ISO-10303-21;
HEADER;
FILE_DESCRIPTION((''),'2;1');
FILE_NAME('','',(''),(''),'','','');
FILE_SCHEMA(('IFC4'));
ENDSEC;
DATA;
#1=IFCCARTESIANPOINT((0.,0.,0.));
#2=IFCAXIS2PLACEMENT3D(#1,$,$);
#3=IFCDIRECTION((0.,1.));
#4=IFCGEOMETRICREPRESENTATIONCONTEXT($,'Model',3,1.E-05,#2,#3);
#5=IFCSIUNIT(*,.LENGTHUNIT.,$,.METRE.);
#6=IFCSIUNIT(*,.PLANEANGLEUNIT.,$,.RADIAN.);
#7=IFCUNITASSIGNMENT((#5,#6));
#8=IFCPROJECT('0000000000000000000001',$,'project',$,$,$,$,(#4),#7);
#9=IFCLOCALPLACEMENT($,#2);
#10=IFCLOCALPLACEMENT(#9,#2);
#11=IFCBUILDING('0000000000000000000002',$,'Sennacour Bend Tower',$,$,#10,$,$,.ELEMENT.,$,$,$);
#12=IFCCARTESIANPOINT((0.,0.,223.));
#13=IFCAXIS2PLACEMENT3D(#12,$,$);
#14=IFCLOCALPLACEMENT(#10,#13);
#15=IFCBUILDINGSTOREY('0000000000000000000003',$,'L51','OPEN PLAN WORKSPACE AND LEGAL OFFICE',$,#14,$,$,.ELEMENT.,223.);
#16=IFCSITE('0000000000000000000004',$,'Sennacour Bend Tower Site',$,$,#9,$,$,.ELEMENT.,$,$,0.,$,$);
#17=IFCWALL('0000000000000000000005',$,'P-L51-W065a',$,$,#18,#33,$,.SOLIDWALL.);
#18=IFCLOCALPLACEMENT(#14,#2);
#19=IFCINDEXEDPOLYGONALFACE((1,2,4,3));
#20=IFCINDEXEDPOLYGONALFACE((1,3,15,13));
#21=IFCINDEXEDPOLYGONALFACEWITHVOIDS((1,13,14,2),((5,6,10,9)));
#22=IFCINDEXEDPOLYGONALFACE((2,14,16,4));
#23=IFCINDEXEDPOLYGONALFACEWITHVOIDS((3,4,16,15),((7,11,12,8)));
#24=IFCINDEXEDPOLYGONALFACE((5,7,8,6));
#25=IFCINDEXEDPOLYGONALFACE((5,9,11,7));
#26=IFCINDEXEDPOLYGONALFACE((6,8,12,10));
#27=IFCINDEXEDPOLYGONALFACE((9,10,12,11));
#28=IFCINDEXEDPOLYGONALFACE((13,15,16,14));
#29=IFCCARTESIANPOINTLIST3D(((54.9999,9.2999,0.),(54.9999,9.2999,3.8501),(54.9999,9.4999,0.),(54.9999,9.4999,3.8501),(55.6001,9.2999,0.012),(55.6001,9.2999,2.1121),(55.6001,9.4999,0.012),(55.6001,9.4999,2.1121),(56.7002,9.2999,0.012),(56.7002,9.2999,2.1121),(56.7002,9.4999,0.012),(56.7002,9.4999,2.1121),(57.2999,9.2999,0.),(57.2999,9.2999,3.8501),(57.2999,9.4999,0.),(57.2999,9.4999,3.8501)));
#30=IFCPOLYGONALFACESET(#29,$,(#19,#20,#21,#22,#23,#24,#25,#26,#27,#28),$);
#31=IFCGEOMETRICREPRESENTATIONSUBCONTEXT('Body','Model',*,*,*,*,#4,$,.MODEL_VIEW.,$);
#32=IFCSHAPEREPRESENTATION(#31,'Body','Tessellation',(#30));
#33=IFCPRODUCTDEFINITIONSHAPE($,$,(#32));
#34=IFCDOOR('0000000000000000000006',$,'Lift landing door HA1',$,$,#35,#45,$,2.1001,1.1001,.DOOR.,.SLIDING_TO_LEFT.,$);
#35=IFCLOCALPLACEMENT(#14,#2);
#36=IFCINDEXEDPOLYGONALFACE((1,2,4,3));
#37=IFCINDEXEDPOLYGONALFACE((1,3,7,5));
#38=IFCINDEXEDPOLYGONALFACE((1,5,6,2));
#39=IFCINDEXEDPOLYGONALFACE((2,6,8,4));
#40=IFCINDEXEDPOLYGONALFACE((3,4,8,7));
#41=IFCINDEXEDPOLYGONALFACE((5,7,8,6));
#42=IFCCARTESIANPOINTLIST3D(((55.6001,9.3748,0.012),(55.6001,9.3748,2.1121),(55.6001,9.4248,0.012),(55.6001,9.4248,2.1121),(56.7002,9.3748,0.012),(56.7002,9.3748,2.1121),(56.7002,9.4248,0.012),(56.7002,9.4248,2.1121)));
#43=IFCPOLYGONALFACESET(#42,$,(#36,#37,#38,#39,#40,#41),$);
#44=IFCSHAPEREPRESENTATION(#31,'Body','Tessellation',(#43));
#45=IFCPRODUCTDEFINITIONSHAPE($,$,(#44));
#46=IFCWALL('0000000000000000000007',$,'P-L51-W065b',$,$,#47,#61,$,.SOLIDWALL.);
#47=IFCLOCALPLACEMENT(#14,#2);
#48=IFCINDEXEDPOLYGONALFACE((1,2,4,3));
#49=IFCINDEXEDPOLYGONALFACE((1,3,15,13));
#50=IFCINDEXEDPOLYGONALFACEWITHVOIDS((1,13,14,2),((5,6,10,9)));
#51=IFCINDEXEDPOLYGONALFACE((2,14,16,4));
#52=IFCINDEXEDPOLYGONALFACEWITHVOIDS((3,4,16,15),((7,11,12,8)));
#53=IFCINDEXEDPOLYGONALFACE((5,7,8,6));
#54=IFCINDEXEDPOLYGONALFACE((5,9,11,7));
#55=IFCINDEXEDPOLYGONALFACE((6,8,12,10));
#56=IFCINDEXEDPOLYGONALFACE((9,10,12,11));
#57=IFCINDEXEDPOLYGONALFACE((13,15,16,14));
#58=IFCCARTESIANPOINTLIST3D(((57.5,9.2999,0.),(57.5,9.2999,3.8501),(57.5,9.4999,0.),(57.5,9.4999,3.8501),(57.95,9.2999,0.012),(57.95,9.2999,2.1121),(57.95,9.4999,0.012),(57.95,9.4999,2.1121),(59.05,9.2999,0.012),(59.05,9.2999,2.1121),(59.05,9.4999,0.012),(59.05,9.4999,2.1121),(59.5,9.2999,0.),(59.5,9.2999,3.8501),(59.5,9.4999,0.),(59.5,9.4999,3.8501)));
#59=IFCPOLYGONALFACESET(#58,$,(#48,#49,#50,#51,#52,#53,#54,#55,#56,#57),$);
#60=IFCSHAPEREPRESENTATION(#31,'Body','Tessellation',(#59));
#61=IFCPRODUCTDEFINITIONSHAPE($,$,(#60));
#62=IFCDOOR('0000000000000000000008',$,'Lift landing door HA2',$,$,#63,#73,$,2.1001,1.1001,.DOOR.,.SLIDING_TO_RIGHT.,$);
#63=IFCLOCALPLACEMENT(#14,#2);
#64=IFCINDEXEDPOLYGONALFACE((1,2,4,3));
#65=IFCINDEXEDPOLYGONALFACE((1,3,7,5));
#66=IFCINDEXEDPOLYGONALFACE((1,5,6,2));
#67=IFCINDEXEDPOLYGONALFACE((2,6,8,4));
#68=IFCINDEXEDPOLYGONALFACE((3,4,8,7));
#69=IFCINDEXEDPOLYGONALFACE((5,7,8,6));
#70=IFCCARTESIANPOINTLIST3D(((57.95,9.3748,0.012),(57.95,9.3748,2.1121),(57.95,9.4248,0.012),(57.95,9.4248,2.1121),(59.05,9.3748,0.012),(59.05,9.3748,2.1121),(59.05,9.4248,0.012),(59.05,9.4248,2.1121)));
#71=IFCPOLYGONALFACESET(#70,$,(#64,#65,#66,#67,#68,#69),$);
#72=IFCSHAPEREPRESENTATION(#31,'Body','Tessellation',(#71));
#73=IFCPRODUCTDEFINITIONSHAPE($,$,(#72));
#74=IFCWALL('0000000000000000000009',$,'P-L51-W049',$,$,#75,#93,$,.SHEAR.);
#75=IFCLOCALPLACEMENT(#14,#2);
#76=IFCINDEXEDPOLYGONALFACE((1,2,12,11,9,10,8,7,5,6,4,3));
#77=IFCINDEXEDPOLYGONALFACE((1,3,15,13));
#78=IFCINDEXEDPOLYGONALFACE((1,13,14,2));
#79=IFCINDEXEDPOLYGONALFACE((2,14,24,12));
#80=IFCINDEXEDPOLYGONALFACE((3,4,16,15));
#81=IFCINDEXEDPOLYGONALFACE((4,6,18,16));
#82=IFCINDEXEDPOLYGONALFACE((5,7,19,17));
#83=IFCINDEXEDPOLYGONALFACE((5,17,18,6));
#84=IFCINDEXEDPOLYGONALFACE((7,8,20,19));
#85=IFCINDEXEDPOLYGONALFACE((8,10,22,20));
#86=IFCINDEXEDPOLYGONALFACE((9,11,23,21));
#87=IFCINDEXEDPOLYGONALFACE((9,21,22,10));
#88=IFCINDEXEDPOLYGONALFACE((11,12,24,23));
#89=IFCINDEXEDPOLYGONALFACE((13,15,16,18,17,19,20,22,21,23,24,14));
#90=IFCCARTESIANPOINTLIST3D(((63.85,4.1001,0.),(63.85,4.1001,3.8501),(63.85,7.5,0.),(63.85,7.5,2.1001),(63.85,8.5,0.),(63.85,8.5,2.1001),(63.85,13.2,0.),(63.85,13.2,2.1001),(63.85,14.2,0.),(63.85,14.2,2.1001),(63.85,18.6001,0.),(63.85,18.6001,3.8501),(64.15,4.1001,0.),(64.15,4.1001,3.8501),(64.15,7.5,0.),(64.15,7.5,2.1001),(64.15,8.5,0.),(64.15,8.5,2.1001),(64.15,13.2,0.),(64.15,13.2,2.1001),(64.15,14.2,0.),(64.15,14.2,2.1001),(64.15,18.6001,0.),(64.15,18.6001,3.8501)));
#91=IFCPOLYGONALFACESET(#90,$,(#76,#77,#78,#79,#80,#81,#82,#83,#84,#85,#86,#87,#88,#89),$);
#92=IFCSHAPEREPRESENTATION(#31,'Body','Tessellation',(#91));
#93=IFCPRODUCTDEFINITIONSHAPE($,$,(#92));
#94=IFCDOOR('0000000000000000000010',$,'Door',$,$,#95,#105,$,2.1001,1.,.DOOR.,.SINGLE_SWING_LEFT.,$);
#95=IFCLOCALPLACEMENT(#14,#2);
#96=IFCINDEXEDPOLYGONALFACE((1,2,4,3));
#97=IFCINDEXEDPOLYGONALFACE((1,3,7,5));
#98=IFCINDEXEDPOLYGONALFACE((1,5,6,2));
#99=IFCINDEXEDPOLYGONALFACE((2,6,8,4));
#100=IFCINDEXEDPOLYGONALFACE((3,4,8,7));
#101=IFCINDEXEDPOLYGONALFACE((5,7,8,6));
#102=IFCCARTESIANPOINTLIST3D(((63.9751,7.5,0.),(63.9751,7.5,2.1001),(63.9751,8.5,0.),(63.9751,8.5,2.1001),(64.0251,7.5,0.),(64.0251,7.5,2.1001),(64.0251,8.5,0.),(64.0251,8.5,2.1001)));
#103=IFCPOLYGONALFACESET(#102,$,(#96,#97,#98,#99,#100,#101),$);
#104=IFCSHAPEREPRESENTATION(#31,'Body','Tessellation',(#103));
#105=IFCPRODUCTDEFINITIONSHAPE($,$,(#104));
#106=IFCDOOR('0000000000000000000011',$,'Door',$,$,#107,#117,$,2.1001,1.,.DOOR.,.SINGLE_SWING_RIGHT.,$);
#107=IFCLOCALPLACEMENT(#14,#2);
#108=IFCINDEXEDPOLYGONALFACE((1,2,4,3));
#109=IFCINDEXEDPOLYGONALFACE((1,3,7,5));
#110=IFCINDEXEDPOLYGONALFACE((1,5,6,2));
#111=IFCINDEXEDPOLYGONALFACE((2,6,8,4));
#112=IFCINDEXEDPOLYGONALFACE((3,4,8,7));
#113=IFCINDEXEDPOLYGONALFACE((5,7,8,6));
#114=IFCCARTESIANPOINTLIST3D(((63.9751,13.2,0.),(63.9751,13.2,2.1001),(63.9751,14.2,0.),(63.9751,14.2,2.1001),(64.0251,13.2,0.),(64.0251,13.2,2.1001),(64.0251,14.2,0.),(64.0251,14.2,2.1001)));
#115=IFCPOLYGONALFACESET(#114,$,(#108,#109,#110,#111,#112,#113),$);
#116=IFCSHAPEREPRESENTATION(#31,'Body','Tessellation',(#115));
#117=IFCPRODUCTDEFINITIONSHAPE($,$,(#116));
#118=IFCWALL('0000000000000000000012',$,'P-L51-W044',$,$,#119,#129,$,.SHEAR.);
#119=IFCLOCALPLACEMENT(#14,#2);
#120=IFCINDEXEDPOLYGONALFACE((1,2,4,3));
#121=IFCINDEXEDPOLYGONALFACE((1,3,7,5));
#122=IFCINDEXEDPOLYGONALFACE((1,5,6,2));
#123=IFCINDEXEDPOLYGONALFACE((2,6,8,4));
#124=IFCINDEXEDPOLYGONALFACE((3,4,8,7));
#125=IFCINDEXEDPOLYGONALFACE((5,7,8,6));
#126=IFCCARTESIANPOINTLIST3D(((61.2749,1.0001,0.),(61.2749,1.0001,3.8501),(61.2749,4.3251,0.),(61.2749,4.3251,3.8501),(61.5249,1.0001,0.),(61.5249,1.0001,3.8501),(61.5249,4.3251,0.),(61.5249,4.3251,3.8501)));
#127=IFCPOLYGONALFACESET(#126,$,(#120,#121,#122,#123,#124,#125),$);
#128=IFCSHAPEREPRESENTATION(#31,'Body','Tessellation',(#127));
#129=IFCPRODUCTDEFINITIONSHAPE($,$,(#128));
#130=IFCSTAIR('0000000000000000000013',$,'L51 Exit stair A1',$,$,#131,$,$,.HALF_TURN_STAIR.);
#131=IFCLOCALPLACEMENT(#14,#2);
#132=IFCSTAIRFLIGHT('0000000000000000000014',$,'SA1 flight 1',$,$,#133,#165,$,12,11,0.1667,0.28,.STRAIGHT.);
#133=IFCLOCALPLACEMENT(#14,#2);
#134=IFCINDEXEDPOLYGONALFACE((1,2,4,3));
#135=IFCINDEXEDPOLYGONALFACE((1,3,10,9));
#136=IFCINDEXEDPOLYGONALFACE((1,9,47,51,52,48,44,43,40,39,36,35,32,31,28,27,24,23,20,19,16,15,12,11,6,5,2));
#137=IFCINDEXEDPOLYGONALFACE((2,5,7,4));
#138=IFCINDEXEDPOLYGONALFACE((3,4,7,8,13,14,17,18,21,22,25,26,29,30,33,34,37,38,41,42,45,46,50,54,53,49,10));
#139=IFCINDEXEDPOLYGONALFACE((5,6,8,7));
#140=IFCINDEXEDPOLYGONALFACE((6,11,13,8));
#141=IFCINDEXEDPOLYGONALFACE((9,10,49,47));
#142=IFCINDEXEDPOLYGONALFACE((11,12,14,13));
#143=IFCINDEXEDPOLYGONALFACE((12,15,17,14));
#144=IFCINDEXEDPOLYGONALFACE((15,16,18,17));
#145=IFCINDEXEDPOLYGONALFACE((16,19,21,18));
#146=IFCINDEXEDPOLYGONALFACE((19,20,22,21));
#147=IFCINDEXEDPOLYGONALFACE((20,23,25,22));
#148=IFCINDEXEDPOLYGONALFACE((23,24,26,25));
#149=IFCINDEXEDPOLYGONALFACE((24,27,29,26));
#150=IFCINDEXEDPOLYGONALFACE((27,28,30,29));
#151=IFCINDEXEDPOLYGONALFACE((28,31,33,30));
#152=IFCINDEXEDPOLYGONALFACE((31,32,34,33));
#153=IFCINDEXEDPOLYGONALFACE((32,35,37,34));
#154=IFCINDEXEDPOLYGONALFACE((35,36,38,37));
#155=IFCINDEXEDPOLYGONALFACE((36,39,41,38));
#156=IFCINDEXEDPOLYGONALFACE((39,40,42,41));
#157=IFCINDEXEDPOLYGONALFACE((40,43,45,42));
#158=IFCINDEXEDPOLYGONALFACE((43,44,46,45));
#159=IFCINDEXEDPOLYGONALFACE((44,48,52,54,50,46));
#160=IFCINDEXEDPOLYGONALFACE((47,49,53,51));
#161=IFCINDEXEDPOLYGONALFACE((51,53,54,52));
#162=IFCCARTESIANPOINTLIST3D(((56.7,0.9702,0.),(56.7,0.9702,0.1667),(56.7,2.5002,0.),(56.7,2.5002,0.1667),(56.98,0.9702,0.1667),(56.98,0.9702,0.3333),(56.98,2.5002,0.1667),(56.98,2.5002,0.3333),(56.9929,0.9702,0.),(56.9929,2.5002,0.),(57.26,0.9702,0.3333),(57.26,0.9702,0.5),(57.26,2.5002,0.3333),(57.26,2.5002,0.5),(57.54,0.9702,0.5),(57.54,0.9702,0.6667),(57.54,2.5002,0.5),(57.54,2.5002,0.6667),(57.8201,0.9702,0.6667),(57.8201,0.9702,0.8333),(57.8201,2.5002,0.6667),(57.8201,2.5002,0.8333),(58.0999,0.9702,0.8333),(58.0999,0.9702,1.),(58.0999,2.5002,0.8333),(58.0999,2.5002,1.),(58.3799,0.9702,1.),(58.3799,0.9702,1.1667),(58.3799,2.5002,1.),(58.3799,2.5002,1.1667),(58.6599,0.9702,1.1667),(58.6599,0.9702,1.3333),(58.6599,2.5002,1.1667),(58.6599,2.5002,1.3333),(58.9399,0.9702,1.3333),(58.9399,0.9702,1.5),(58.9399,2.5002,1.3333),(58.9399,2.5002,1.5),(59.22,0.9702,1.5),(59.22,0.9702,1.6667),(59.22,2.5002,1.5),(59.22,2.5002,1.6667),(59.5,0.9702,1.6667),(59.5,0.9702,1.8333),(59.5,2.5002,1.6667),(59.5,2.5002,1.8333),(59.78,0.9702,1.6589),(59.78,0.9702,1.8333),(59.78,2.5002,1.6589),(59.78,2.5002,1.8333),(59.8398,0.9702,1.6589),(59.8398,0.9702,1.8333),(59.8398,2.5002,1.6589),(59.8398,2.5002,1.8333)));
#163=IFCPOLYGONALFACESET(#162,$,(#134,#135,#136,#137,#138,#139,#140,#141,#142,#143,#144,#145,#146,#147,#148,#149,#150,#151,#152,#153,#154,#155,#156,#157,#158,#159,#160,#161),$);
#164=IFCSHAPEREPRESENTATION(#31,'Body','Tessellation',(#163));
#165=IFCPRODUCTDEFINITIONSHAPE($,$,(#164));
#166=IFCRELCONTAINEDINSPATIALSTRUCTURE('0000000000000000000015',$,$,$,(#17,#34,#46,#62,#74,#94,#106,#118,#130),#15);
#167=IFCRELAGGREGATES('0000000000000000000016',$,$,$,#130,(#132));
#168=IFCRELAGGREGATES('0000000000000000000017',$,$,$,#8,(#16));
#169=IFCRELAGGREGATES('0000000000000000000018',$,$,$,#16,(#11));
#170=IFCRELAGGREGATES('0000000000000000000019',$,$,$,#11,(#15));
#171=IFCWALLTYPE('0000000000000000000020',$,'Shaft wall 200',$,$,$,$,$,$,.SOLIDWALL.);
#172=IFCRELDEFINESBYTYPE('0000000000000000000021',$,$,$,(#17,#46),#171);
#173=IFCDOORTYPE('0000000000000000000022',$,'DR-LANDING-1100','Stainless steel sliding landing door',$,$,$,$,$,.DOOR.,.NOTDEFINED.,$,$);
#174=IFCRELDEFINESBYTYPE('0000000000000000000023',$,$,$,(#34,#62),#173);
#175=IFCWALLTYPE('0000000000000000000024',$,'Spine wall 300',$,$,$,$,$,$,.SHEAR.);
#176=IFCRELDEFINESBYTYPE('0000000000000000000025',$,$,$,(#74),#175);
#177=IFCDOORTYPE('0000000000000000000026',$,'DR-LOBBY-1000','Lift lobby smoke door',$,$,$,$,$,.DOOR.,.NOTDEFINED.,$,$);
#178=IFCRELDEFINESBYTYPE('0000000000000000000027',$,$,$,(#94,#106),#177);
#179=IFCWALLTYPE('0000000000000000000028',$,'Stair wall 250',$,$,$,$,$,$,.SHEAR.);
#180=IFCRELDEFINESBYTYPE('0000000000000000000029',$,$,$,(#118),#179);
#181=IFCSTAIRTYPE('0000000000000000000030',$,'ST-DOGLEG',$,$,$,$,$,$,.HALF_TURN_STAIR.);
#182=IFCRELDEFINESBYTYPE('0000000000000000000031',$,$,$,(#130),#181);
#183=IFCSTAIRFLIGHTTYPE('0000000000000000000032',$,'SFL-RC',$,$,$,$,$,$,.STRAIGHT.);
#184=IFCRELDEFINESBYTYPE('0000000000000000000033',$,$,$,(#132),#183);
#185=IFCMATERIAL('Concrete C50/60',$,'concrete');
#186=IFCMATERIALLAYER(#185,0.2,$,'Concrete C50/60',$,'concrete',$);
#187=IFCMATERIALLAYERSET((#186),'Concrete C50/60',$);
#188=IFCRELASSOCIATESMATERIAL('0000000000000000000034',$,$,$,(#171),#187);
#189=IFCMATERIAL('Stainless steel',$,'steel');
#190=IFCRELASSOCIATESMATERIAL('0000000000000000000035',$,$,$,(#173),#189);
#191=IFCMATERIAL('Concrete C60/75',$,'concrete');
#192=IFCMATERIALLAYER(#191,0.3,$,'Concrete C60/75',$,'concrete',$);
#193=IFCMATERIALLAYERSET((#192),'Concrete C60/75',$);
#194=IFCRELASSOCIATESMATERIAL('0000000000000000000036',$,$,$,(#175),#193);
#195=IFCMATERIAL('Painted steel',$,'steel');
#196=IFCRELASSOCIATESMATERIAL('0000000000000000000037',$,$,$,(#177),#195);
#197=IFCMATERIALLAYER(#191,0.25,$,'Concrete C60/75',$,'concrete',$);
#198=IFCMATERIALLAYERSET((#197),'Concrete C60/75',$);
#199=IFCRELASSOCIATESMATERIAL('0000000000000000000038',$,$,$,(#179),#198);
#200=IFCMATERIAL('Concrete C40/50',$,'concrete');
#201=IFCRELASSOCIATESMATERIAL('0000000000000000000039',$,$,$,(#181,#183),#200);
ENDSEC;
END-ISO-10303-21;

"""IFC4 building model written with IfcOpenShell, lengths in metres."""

from ifc_helpers import new_model, si_unit, direction, frame, frame_2d, origin, place, context, subcontext, project, spatial, polyline, rectangle, outline, extrude, material, layer, layer_set, type_object, element, fill, aggregate, save


model = new_model("IFC4")

# Units and contexts
model_context = context("Model", 3, precision=1e-05, world=origin(), true_north=direction((0.0, 1.0)))
body_context = subcontext(model_context, "Body", "Model", "MODEL_VIEW")
ifc_project = project(units=[si_unit("LENGTHUNIT", "METRE"), si_unit("PLANEANGLEUNIT", "RADIAN")], contexts=[model_context])

# Site, building, storey
site_placement = place(None, origin())
site = spatial("IfcSite", under=ifc_project, at=site_placement, Name="Sennacour Bend Tower Site", CompositionType="ELEMENT", RefElevation=0.0)
building_placement = place(site_placement, origin())
building = spatial("IfcBuilding", under=site, at=building_placement, Name="Sennacour Bend Tower", CompositionType="ELEMENT")
storey_placement = place(building_placement, frame((0.0, 0.0, 223.0)))
storey = spatial("IfcBuildingStorey", under=building, at=storey_placement, Name="L51", Description="OPEN PLAN WORKSPACE AND LEGAL OFFICE", CompositionType="ELEMENT", Elevation=223.0)

# Shared definitions
ifc_material_1 = material(Name="Concrete C60/75", Category="concrete")

# Shared definitions
ifc_material_2 = material(Name="Painted steel", Category="steel")

# Shared definitions
ifc_material_3 = material(Name="Concrete C50/60", Category="concrete")
ifc_layer_1 = layer(ifc_material_3, 0.2, Name="Concrete C50/60", Category="concrete")
ifc_layer_set_1 = layer_set([ifc_layer_1], Name="Concrete C50/60")
wall_type_1 = type_object("IfcWallType", Name="Shaft wall 200", PredefinedType="SOLIDWALL", material=ifc_layer_set_1)

# Walls, openings, doors
wall_1_placement = place(storey_placement, frame((55.0, 9.3999, 0.0), z_axis=(0.0, 0.0, 1.0), x_axis=(1.0, 0.0, 0.0)))
wall_1 = element("IfcWall", 1, at=wall_1_placement, inside=storey, type_object=wall_type_1, Name="P-L51-W065a", PredefinedType="SOLIDWALL", context=body_context, shape_type="SweptSolid", body=[
    extrude(rectangle(XDim=2.3, YDim=0.2, at=frame_2d((1.1499, 0.0))), origin(), (0.0, 0.0, 1.0), 3.8501),
])
opening_1_placement = place(wall_1_placement, frame((0.6001, 0.0, 0.012)))
opening_1 = element("IfcOpeningElement", 2, at=opening_1_placement, cuts=wall_1, PredefinedType="OPENING", context=body_context, shape_type="SweptSolid", body=[
    extrude(rectangle(XDim=1.1001, YDim=2.1001, at=frame_2d((0.55, 1.05))), frame((0.0, 0.1099, 0.0), z_axis=(0.0, -1.0, 0.0), x_axis=(1.0, 0.0, 0.0)), (0.0, 0.0, 1.0), 0.22),
])
ifc_material_4 = material(Name="Stainless steel", Category="steel")
door_type_1 = type_object("IfcDoorType", Name="DR-LANDING-1100", Description="Stainless steel sliding landing door", OperationType="NOTDEFINED", PredefinedType="DOOR", material=ifc_material_4)
door_1_placement = place(opening_1_placement, origin())
door_1 = element("IfcDoor", 3, at=door_1_placement, inside=storey, type_object=door_type_1, Name="Lift landing door HA1", OperationType="SLIDING_TO_LEFT", OverallHeight=2.1001, OverallWidth=1.1001, PredefinedType="DOOR", context=body_context, shape_type="SweptSolid", body=[
    extrude(rectangle(XDim=1.1001, YDim=2.1001, at=frame_2d((0.55, 1.05))), frame((0.0, 0.0249, 0.0), z_axis=(0.0, -1.0, 0.0), x_axis=(1.0, 0.0, 0.0)), (0.0, 0.0, 1.0), 0.05),
])
fill(opening_1, door_1)
wall_2_placement = place(storey_placement, frame((57.5, 9.3999, 0.0), z_axis=(0.0, 0.0, 1.0), x_axis=(1.0, 0.0, 0.0)))
wall_2 = element("IfcWall", 4, at=wall_2_placement, inside=storey, type_object=wall_type_1, Name="P-L51-W065b", PredefinedType="SOLIDWALL", context=body_context, shape_type="SweptSolid", body=[
    extrude(rectangle(XDim=2.0, YDim=0.2, at=frame_2d((1.0, 0.0))), origin(), (0.0, 0.0, 1.0), 3.8501),
])
opening_2_placement = place(wall_2_placement, frame((0.45, 0.0, 0.012)))
opening_2 = element("IfcOpeningElement", 5, at=opening_2_placement, cuts=wall_2, PredefinedType="OPENING", context=body_context, shape_type="SweptSolid", body=[
    extrude(rectangle(XDim=1.1001, YDim=2.1001, at=frame_2d((0.55, 1.05))), frame((0.0, 0.1099, 0.0), z_axis=(0.0, -1.0, 0.0), x_axis=(1.0, 0.0, 0.0)), (0.0, 0.0, 1.0), 0.22),
])
door_2_placement = place(opening_2_placement, origin())
door_2 = element("IfcDoor", 6, at=door_2_placement, inside=storey, type_object=door_type_1, Name="Lift landing door HA2", OperationType="SLIDING_TO_RIGHT", OverallHeight=2.1001, OverallWidth=1.1001, PredefinedType="DOOR", context=body_context, shape_type="SweptSolid", body=[
    extrude(rectangle(XDim=1.1001, YDim=2.1001, at=frame_2d((0.55, 1.05))), frame((0.0, 0.0249, 0.0), z_axis=(0.0, -1.0, 0.0), x_axis=(1.0, 0.0, 0.0)), (0.0, 0.0, 1.0), 0.05),
])
fill(opening_2, door_2)

# Wall, openings, doors
ifc_layer_2 = layer(ifc_material_1, 0.3, Name="Concrete C60/75", Category="concrete")
ifc_layer_set_2 = layer_set([ifc_layer_2], Name="Concrete C60/75")
wall_type_2 = type_object("IfcWallType", Name="Spine wall 300", PredefinedType="SHEAR", material=ifc_layer_set_2)
wall_3_placement = place(storey_placement, frame((64.0, 4.1001, 0.0), z_axis=(0.0, 0.0, 1.0), x_axis=(0.0, 1.0, 0.0)))
wall_3 = element("IfcWall", 7, at=wall_3_placement, inside=storey, type_object=wall_type_2, Name="P-L51-W049", PredefinedType="SHEAR", context=body_context, shape_type="SweptSolid", body=[
    extrude(rectangle(XDim=14.5, YDim=0.3, at=frame_2d((7.25, 0.0))), origin(), (0.0, 0.0, 1.0), 3.8501),
])
opening_3_placement = place(wall_3_placement, frame((3.3999, 0.0, 0.0)))
opening_3 = element("IfcOpeningElement", 8, at=opening_3_placement, cuts=wall_3, PredefinedType="OPENING", context=body_context, shape_type="SweptSolid", body=[
    extrude(rectangle(XDim=1.0, YDim=2.1001, at=frame_2d((0.5, 1.05))), frame((0.0, 0.1602, 0.0), z_axis=(0.0, -1.0, 0.0), x_axis=(1.0, 0.0, 0.0)), (0.0, 0.0, 1.0), 0.3201),
])
opening_4_placement = place(wall_3_placement, frame((9.0999, 0.0, 0.0)))
opening_4 = element("IfcOpeningElement", 9, at=opening_4_placement, cuts=wall_3, PredefinedType="OPENING", context=body_context, shape_type="SweptSolid", body=[
    extrude(rectangle(XDim=1.0, YDim=2.1001, at=frame_2d((0.5, 1.05))), frame((0.0, 0.1602, 0.0), z_axis=(0.0, -1.0, 0.0), x_axis=(1.0, 0.0, 0.0)), (0.0, 0.0, 1.0), 0.3201),
])
door_type_2 = type_object("IfcDoorType", Name="DR-LOBBY-1000", Description="Lift lobby smoke door", OperationType="NOTDEFINED", PredefinedType="DOOR", material=ifc_material_2)
door_3_placement = place(opening_3_placement, origin())
door_3 = element("IfcDoor", 10, at=door_3_placement, inside=storey, type_object=door_type_2, Name="Door", OperationType="SINGLE_SWING_LEFT", OverallHeight=2.1001, OverallWidth=1.0, PredefinedType="DOOR", context=body_context, shape_type="SweptSolid", body=[
    extrude(rectangle(XDim=1.0, YDim=2.1001, at=frame_2d((0.5, 1.05))), frame((0.0, 0.0249, 0.0), z_axis=(0.0, -1.0, 0.0), x_axis=(1.0, 0.0, 0.0)), (0.0, 0.0, 1.0), 0.05),
])
fill(opening_3, door_3)
door_4_placement = place(opening_4_placement, origin())
door_4 = element("IfcDoor", 11, at=door_4_placement, inside=storey, type_object=door_type_2, Name="Door", OperationType="SINGLE_SWING_RIGHT", OverallHeight=2.1001, OverallWidth=1.0, PredefinedType="DOOR", context=body_context, shape_type="SweptSolid", body=[
    extrude(rectangle(XDim=1.0, YDim=2.1001, at=frame_2d((0.5, 1.05))), frame((0.0, 0.0249, 0.0), z_axis=(0.0, -1.0, 0.0), x_axis=(1.0, 0.0, 0.0)), (0.0, 0.0, 1.0), 0.05),
])
fill(opening_4, door_4)

# Wall
ifc_layer_3 = layer(ifc_material_1, 0.25, Name="Concrete C60/75", Category="concrete")
ifc_layer_set_3 = layer_set([ifc_layer_3], Name="Concrete C60/75")
wall_type_3 = type_object("IfcWallType", Name="Stair wall 250", PredefinedType="SHEAR", material=ifc_layer_set_3)
wall_4_placement = place(storey_placement, frame((61.3999, 1.0, 0.0), z_axis=(0.0, 0.0, 1.0), x_axis=(0.0, 1.0, 0.0)))
element("IfcWall", 12, at=wall_4_placement, inside=storey, type_object=wall_type_3, Name="P-L51-W044", PredefinedType="SHEAR", context=body_context, shape_type="SweptSolid", body=[
    extrude(rectangle(XDim=3.325, YDim=0.25, at=frame_2d((1.6626, 0.0))), origin(), (0.0, 0.0, 1.0), 3.8501),
])

# Stair, stair flight
ifc_material_5 = material(Name="Concrete C40/50", Category="concrete")
stair_type = type_object("IfcStairType", Name="ST-DOGLEG", PredefinedType="HALF_TURN_STAIR", material=ifc_material_5)
stair_placement = place(storey_placement, origin())
stair = element("IfcStair", 13, at=stair_placement, inside=storey, type_object=stair_type, Name="L51 Exit stair A1", PredefinedType="HALF_TURN_STAIR")
stair_flight_type = type_object("IfcStairFlightType", Name="SFL-RC", PredefinedType="STRAIGHT", material=ifc_material_5)
stair_flight_1_placement = place(storey_placement, frame((56.7, 1.7351, 0.0), z_axis=(0.0, 0.0, 1.0), x_axis=(1.0, 0.0, 0.0)))
stair_flight_1 = element("IfcStairFlight", 14, at=stair_flight_1_placement, type_object=stair_flight_type, Name="SA1 flight 1", NumberOfRisers=12, NumberOfTreads=11, PredefinedType="STRAIGHT", RiserHeight=0.1667, TreadLength=0.28, context=body_context, shape_type="SweptSolid", body=[
    extrude(outline(polyline([(0.0, 0.0), (0.0, 0.1667), (0.28, 0.1667), (0.28, 0.3333), (0.5601, 0.3333), (0.5601, 0.5), (0.8401, 0.5), (0.8401, 0.6667), (1.1201, 0.6667), (1.1201, 0.8333), (1.3999, 0.8333), (1.3999, 1.0), (1.6799, 1.0), (1.6799, 1.1667), (1.96, 1.1667), (1.96, 1.3333), (2.24, 1.3333), (2.24, 1.5), (2.52, 1.5), (2.52, 1.6667), (2.8, 1.6667), (2.8, 1.8333), (3.0801, 1.8333), (3.1399, 1.8333), (3.1399, 1.6589), (3.0801, 1.6589), (0.293, 0.0), (0.0, 0.0)])), frame((0.0, 0.7651, 0.0), z_axis=(0.0, -1.0, 0.0), x_axis=(1.0, 0.0, 0.0)), (0.0, 0.0, 1.0), 1.53),
])
aggregate(stair, [stair_flight_1])

save(model, "model.ifc")
